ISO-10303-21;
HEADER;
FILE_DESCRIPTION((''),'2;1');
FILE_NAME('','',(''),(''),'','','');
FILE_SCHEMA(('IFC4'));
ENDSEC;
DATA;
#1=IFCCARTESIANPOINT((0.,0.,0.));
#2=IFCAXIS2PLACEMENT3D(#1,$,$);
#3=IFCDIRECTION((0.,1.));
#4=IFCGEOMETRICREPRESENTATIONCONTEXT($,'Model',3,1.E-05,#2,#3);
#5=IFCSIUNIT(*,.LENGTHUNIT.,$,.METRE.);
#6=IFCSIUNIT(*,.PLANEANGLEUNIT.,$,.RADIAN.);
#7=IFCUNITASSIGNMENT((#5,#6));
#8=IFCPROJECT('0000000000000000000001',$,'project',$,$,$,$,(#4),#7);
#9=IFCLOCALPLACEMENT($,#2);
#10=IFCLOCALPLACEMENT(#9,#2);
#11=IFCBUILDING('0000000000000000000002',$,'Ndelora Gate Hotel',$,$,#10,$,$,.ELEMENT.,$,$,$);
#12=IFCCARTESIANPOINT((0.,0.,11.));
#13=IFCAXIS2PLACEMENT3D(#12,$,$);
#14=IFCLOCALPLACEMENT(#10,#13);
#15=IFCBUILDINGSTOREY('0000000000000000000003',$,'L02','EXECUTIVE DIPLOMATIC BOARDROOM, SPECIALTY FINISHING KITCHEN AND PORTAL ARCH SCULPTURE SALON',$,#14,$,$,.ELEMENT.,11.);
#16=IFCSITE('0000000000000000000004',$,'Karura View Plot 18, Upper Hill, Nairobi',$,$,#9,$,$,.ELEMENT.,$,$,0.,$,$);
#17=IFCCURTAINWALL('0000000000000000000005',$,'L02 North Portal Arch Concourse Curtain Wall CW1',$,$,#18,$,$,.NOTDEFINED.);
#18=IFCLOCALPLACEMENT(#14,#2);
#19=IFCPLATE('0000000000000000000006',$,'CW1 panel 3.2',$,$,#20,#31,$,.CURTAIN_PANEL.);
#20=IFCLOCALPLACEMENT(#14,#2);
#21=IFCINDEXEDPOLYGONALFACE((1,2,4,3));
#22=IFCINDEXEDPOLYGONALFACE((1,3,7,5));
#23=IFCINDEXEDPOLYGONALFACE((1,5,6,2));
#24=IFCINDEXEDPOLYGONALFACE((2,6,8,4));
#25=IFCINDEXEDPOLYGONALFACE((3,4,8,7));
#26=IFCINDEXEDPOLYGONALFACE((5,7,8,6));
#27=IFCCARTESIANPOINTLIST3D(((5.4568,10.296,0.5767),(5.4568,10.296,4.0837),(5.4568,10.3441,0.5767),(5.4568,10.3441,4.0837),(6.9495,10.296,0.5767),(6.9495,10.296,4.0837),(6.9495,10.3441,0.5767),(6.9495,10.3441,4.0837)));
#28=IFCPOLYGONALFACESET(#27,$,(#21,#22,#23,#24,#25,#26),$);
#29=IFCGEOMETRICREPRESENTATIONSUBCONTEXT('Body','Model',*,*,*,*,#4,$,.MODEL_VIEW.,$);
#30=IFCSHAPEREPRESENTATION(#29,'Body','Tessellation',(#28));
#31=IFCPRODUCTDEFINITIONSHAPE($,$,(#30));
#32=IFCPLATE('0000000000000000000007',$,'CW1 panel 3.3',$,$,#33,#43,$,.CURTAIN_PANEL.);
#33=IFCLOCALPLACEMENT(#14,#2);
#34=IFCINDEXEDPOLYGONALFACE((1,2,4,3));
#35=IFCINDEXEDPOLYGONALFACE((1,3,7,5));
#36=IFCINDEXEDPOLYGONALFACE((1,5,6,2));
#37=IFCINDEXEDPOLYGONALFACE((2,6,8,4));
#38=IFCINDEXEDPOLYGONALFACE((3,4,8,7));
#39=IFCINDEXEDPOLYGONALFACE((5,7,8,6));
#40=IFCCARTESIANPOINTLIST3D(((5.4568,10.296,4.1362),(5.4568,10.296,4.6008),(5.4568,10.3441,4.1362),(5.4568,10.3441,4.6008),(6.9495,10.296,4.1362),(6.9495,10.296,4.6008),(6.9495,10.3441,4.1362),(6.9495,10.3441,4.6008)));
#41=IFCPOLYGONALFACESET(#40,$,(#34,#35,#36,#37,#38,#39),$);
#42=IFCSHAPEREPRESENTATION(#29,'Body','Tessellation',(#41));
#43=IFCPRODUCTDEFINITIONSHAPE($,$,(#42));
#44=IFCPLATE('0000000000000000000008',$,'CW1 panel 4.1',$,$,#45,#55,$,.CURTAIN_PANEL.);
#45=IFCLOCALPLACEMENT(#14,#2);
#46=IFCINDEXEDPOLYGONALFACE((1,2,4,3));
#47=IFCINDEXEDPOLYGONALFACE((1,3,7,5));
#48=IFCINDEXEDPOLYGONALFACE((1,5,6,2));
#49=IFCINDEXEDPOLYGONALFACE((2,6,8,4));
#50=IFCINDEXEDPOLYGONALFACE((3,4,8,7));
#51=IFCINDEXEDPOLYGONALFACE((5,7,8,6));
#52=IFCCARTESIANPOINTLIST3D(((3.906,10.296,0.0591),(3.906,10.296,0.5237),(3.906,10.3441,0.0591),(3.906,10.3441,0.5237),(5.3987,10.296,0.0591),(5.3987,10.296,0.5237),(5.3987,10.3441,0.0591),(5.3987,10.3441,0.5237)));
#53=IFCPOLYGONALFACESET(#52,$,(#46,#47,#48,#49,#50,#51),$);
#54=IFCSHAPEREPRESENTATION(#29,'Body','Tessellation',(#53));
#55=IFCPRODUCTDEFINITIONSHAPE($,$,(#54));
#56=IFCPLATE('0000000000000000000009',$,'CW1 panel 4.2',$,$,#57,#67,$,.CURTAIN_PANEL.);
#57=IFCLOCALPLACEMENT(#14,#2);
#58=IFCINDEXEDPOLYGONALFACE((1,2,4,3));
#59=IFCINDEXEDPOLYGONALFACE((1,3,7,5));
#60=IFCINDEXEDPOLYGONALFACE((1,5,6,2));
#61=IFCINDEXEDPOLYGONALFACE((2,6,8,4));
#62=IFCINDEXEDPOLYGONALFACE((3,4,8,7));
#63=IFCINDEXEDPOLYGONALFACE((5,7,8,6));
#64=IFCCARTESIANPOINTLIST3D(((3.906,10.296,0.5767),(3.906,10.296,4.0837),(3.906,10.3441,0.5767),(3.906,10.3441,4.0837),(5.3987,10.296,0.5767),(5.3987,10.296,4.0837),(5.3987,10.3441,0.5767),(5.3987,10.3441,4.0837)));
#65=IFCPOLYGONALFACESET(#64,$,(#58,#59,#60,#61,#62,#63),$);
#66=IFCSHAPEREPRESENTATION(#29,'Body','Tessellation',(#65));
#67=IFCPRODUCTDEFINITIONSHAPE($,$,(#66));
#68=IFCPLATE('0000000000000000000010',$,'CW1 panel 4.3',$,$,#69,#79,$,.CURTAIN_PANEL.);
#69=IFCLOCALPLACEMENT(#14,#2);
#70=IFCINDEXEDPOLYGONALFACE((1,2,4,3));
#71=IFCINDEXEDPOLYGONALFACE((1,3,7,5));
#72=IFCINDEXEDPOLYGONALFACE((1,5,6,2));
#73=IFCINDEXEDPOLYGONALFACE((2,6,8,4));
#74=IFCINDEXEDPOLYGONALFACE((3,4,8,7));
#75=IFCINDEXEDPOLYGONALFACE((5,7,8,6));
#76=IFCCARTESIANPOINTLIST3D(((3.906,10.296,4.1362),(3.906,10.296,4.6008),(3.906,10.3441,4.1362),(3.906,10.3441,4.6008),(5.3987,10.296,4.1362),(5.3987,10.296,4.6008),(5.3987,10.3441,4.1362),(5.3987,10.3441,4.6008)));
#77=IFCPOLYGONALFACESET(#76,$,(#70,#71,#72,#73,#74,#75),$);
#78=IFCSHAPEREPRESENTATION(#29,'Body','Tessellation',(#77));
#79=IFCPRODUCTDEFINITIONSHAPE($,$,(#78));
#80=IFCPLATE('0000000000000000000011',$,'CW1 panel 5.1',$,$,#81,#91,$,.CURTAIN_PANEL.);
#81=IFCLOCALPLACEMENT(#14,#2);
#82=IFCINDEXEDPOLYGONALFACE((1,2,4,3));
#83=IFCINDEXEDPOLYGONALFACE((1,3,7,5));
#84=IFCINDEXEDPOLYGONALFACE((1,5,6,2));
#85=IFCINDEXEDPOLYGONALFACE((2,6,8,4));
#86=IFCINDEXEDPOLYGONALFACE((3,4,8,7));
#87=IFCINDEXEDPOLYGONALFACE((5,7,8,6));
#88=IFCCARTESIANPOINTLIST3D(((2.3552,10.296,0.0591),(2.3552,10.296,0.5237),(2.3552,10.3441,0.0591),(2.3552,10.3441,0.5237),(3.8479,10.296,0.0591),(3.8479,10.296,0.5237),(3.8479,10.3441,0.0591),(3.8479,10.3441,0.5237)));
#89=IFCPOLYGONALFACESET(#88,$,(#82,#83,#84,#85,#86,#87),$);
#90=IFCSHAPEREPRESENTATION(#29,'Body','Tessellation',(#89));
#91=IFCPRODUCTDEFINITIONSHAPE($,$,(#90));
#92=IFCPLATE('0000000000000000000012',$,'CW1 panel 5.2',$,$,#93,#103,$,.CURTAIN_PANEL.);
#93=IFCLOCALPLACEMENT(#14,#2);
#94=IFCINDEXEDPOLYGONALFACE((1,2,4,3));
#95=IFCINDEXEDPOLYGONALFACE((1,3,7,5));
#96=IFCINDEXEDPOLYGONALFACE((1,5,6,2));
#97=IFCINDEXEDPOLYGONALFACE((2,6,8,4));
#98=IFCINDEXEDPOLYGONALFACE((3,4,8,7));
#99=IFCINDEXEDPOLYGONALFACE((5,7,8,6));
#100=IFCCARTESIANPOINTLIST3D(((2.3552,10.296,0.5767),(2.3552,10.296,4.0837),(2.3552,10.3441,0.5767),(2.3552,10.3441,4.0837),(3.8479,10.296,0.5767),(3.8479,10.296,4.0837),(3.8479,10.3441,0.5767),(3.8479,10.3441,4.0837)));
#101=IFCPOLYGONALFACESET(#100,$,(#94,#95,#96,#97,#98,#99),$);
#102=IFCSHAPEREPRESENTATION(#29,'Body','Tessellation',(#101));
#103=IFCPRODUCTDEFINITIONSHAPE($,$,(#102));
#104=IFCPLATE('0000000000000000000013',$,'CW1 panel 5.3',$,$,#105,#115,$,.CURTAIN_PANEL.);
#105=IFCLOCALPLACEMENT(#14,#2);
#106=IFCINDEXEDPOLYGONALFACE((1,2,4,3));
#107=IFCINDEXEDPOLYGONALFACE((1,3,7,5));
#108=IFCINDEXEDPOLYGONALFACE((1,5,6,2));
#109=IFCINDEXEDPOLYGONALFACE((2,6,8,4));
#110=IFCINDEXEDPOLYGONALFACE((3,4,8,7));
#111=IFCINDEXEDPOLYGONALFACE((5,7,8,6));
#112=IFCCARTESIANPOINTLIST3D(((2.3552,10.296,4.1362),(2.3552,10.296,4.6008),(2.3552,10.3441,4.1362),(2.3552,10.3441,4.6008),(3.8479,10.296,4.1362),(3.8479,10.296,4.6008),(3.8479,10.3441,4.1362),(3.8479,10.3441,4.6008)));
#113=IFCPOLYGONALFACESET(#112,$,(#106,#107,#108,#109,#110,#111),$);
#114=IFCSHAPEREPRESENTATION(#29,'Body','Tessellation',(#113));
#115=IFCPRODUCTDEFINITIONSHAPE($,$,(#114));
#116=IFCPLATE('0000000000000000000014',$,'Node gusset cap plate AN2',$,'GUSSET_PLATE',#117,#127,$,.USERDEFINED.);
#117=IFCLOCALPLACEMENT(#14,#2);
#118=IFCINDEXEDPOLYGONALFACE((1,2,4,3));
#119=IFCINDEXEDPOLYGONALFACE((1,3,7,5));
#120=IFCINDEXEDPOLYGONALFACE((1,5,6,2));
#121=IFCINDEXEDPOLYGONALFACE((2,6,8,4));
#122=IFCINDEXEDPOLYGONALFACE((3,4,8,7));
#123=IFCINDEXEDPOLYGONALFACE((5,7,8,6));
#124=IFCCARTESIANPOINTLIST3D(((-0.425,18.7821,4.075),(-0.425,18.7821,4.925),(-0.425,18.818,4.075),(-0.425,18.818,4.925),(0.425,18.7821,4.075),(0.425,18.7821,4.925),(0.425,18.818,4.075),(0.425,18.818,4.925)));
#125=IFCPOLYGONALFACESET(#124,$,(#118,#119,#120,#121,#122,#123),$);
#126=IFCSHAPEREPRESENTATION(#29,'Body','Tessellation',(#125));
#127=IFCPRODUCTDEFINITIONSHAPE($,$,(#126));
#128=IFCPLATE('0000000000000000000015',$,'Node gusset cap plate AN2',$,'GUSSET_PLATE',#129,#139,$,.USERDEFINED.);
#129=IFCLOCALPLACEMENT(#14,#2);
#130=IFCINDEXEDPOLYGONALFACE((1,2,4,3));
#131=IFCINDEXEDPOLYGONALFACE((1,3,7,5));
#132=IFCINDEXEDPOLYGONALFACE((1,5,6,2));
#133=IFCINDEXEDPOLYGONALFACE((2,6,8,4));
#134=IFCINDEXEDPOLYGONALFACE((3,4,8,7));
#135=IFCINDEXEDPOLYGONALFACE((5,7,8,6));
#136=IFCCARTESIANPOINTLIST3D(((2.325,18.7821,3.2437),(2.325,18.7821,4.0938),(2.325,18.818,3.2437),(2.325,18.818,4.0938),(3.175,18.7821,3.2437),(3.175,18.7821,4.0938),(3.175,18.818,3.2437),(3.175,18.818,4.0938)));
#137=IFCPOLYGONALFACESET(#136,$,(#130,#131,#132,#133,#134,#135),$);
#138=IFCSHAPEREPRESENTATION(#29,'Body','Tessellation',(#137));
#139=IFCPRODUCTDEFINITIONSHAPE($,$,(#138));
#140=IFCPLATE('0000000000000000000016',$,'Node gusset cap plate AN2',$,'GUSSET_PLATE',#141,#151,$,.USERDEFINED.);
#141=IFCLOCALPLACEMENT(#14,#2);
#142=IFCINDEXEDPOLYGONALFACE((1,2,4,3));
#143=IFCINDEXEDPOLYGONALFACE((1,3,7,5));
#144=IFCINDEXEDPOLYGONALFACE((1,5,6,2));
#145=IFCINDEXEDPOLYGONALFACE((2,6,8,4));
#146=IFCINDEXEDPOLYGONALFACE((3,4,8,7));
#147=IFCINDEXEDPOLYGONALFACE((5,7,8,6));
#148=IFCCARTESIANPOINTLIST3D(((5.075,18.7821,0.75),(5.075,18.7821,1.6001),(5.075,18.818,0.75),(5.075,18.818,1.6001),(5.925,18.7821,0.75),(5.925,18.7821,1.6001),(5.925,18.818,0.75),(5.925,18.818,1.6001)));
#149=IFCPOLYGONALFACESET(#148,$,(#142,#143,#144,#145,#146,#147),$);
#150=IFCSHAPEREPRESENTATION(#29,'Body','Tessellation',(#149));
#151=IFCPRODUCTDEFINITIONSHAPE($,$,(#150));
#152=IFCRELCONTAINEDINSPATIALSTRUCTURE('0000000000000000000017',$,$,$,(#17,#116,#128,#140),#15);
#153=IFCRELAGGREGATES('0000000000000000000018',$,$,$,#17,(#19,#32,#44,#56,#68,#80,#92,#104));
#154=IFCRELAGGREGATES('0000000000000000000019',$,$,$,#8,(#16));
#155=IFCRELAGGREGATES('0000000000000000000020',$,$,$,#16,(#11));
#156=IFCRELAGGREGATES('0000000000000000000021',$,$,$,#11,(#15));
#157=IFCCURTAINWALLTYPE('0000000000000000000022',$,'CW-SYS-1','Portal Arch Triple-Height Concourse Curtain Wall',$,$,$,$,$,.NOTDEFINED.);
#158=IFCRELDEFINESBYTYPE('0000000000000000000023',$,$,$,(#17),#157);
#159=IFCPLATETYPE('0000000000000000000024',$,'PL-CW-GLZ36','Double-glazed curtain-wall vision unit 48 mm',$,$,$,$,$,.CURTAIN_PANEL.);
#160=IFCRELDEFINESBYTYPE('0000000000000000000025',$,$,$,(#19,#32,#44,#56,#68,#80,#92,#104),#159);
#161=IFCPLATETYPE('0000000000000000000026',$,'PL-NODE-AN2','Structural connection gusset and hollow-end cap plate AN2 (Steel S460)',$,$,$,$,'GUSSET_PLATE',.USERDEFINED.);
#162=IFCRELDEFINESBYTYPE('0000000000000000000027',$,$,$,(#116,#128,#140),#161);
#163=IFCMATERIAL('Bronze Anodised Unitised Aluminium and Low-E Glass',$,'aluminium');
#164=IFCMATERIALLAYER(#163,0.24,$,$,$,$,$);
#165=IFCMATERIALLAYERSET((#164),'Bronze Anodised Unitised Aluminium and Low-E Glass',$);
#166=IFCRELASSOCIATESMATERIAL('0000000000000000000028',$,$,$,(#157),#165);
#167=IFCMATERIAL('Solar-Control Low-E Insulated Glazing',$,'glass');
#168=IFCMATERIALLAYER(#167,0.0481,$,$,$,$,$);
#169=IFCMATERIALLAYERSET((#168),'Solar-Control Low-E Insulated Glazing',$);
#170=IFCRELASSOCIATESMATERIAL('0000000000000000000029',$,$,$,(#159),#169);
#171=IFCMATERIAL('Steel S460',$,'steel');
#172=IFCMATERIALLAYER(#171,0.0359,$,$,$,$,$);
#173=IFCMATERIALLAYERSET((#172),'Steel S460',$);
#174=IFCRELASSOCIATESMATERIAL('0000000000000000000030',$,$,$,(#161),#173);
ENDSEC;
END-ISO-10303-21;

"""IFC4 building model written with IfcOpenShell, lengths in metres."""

from ifc_helpers import new_model, si_unit, direction, frame, origin, origin_2d, place, context, subcontext, project, spatial, rectangle, extrude, material, layer, layer_set, type_object, element, aggregate, save


model = new_model("IFC4")

# Units and contexts
model_context = context("Model", 3, precision=1e-05, world=origin(), true_north=direction((0.0, 1.0)))
body_context = subcontext(model_context, "Body", "Model", "MODEL_VIEW")
ifc_project = project(units=[si_unit("LENGTHUNIT", "METRE"), si_unit("PLANEANGLEUNIT", "RADIAN")], contexts=[model_context])

# Site, building, storey
site_placement = place(None, origin())
site = spatial("IfcSite", under=ifc_project, at=site_placement, Name="Karura View Plot 18, Upper Hill, Nairobi", CompositionType="ELEMENT", RefElevation=0.0)
building_placement = place(site_placement, origin())
building = spatial("IfcBuilding", under=site, at=building_placement, Name="Ndelora Gate Hotel", CompositionType="ELEMENT")
storey_placement = place(building_placement, frame((0.0, 0.0, 11.0)))
storey = spatial("IfcBuildingStorey", under=building, at=storey_placement, Name="L02", Description="EXECUTIVE DIPLOMATIC BOARDROOM, SPECIALTY FINISHING KITCHEN AND PORTAL ARCH SCULPTURE SALON", CompositionType="ELEMENT", Elevation=11.0)

# Shared definitions
ifc_material_1 = material(Name="Steel S460", Category="steel")

# Curtain wall, plates
ifc_material_2 = material(Name="Bronze Anodised Unitised Aluminium and Low-E Glass", Category="aluminium")
ifc_layer_1 = layer(ifc_material_2, 0.24)
ifc_layer_set_1 = layer_set([ifc_layer_1], Name="Bronze Anodised Unitised Aluminium and Low-E Glass")
curtain_wall_type = type_object("IfcCurtainWallType", Name="CW-SYS-1", Description="Portal Arch Triple-Height Concourse Curtain Wall", PredefinedType="NOTDEFINED", material=ifc_layer_set_1)
curtain_wall_placement = place(storey_placement, origin())
curtain_wall = element("IfcCurtainWall", 1, at=curtain_wall_placement, inside=storey, type_object=curtain_wall_type, Name="L02 North Portal Arch Concourse Curtain Wall CW1", PredefinedType="NOTDEFINED")
ifc_material_3 = material(Name="Solar-Control Low-E Insulated Glazing", Category="glass")
ifc_layer_2 = layer(ifc_material_3, 0.0481)
ifc_layer_set_2 = layer_set([ifc_layer_2], Name="Solar-Control Low-E Insulated Glazing")
plate_type_1 = type_object("IfcPlateType", Name="PL-CW-GLZ36", Description="Double-glazed curtain-wall vision unit 48 mm", PredefinedType="CURTAIN_PANEL", material=ifc_layer_set_2)
plate_1_placement = place(storey_placement, frame((6.2031, 10.3201, 0.5767), z_axis=(0.0, 0.0, 1.0), x_axis=(-1.0, 0.0, 0.0)))
plate_1 = element("IfcPlate", 2, at=plate_1_placement, type_object=plate_type_1, Name="CW1 panel 3.2", PredefinedType="CURTAIN_PANEL", context=body_context, shape_type="SweptSolid", body=[
    extrude(rectangle(XDim=1.4927, YDim=0.0481, at=origin_2d()), origin(), (0.0, 0.0, 1.0), 3.5071),
])
plate_2_placement = place(storey_placement, frame((6.2031, 10.3201, 4.1362), z_axis=(0.0, 0.0, 1.0), x_axis=(-1.0, 0.0, 0.0)))
plate_2 = element("IfcPlate", 3, at=plate_2_placement, type_object=plate_type_1, Name="CW1 panel 3.3", PredefinedType="CURTAIN_PANEL", context=body_context, shape_type="SweptSolid", body=[
    extrude(rectangle(XDim=1.4927, YDim=0.0481, at=origin_2d()), origin(), (0.0, 0.0, 1.0), 0.4646),
])
plate_3_placement = place(storey_placement, frame((4.6523, 10.3201, 0.0591), z_axis=(0.0, 0.0, 1.0), x_axis=(-1.0, 0.0, 0.0)))
plate_3 = element("IfcPlate", 4, at=plate_3_placement, type_object=plate_type_1, Name="CW1 panel 4.1", PredefinedType="CURTAIN_PANEL", context=body_context, shape_type="SweptSolid", body=[
    extrude(rectangle(XDim=1.4927, YDim=0.0481, at=origin_2d()), origin(), (0.0, 0.0, 1.0), 0.4646),
])
plate_4_placement = place(storey_placement, frame((4.6523, 10.3201, 0.5767), z_axis=(0.0, 0.0, 1.0), x_axis=(-1.0, 0.0, 0.0)))
plate_4 = element("IfcPlate", 5, at=plate_4_placement, type_object=plate_type_1, Name="CW1 panel 4.2", PredefinedType="CURTAIN_PANEL", context=body_context, shape_type="SweptSolid", body=[
    extrude(rectangle(XDim=1.4927, YDim=0.0481, at=origin_2d()), origin(), (0.0, 0.0, 1.0), 3.5071),
])
plate_5_placement = place(storey_placement, frame((4.6523, 10.3201, 4.1362), z_axis=(0.0, 0.0, 1.0), x_axis=(-1.0, 0.0, 0.0)))
plate_5 = element("IfcPlate", 6, at=plate_5_placement, type_object=plate_type_1, Name="CW1 panel 4.3", PredefinedType="CURTAIN_PANEL", context=body_context, shape_type="SweptSolid", body=[
    extrude(rectangle(XDim=1.4927, YDim=0.0481, at=origin_2d()), origin(), (0.0, 0.0, 1.0), 0.4646),
])
plate_6_placement = place(storey_placement, frame((3.1016, 10.3201, 0.0591), z_axis=(0.0, 0.0, 1.0), x_axis=(-1.0, 0.0, 0.0)))
plate_6 = element("IfcPlate", 7, at=plate_6_placement, type_object=plate_type_1, Name="CW1 panel 5.1", PredefinedType="CURTAIN_PANEL", context=body_context, shape_type="SweptSolid", body=[
    extrude(rectangle(XDim=1.4927, YDim=0.0481, at=origin_2d()), origin(), (0.0, 0.0, 1.0), 0.4646),
])
plate_7_placement = place(storey_placement, frame((3.1016, 10.3201, 0.5767), z_axis=(0.0, 0.0, 1.0), x_axis=(-1.0, 0.0, 0.0)))
plate_7 = element("IfcPlate", 8, at=plate_7_placement, type_object=plate_type_1, Name="CW1 panel 5.2", PredefinedType="CURTAIN_PANEL", context=body_context, shape_type="SweptSolid", body=[
    extrude(rectangle(XDim=1.4927, YDim=0.0481, at=origin_2d()), origin(), (0.0, 0.0, 1.0), 3.5071),
])
plate_8_placement = place(storey_placement, frame((3.1016, 10.3201, 4.1362), z_axis=(0.0, 0.0, 1.0), x_axis=(-1.0, 0.0, 0.0)))
plate_8 = element("IfcPlate", 9, at=plate_8_placement, type_object=plate_type_1, Name="CW1 panel 5.3", PredefinedType="CURTAIN_PANEL", context=body_context, shape_type="SweptSolid", body=[
    extrude(rectangle(XDim=1.4927, YDim=0.0481, at=origin_2d()), origin(), (0.0, 0.0, 1.0), 0.4646),
])
aggregate(curtain_wall, [plate_1, plate_2, plate_3, plate_4, plate_5, plate_6, plate_7, plate_8])

# Plates
ifc_layer_3 = layer(ifc_material_1, 0.0359)
ifc_layer_set_3 = layer_set([ifc_layer_3], Name="Steel S460")
plate_type_2 = type_object("IfcPlateType", Name="PL-NODE-AN2", Description="Structural connection gusset and hollow-end cap plate AN2 (Steel S460)", ElementType="GUSSET_PLATE", PredefinedType="USERDEFINED", material=ifc_layer_set_3)
for number, where, z_axis, x_axis, name in (
    (10, (0.0, 18.8, 4.075), (0.0, 0.0, 1.0), (1.0, 0.0, 0.0), "Node gusset cap plate AN2"),
    (11, (2.75, 18.8, 3.2437), (0.0, 0.0, 1.0), (1.0, 0.0, 0.0), "Node gusset cap plate AN2"),
    (12, (5.5, 18.8, 0.75), (0.0, 0.0, 1.0), (1.0, 0.0, 0.0), "Node gusset cap plate AN2"),
):
    element("IfcPlate", number, at=place(storey_placement, frame(where, z_axis=z_axis, x_axis=x_axis)), inside=storey, type_object=plate_type_2, Name=name, ObjectType="GUSSET_PLATE", PredefinedType="USERDEFINED", context=body_context, shape_type="SweptSolid", body=[
        extrude(rectangle(XDim=0.8501, YDim=0.0359, at=origin_2d()), origin(), (0.0, 0.0, 1.0), 0.8501),
    ])

save(model, "model.ifc")
